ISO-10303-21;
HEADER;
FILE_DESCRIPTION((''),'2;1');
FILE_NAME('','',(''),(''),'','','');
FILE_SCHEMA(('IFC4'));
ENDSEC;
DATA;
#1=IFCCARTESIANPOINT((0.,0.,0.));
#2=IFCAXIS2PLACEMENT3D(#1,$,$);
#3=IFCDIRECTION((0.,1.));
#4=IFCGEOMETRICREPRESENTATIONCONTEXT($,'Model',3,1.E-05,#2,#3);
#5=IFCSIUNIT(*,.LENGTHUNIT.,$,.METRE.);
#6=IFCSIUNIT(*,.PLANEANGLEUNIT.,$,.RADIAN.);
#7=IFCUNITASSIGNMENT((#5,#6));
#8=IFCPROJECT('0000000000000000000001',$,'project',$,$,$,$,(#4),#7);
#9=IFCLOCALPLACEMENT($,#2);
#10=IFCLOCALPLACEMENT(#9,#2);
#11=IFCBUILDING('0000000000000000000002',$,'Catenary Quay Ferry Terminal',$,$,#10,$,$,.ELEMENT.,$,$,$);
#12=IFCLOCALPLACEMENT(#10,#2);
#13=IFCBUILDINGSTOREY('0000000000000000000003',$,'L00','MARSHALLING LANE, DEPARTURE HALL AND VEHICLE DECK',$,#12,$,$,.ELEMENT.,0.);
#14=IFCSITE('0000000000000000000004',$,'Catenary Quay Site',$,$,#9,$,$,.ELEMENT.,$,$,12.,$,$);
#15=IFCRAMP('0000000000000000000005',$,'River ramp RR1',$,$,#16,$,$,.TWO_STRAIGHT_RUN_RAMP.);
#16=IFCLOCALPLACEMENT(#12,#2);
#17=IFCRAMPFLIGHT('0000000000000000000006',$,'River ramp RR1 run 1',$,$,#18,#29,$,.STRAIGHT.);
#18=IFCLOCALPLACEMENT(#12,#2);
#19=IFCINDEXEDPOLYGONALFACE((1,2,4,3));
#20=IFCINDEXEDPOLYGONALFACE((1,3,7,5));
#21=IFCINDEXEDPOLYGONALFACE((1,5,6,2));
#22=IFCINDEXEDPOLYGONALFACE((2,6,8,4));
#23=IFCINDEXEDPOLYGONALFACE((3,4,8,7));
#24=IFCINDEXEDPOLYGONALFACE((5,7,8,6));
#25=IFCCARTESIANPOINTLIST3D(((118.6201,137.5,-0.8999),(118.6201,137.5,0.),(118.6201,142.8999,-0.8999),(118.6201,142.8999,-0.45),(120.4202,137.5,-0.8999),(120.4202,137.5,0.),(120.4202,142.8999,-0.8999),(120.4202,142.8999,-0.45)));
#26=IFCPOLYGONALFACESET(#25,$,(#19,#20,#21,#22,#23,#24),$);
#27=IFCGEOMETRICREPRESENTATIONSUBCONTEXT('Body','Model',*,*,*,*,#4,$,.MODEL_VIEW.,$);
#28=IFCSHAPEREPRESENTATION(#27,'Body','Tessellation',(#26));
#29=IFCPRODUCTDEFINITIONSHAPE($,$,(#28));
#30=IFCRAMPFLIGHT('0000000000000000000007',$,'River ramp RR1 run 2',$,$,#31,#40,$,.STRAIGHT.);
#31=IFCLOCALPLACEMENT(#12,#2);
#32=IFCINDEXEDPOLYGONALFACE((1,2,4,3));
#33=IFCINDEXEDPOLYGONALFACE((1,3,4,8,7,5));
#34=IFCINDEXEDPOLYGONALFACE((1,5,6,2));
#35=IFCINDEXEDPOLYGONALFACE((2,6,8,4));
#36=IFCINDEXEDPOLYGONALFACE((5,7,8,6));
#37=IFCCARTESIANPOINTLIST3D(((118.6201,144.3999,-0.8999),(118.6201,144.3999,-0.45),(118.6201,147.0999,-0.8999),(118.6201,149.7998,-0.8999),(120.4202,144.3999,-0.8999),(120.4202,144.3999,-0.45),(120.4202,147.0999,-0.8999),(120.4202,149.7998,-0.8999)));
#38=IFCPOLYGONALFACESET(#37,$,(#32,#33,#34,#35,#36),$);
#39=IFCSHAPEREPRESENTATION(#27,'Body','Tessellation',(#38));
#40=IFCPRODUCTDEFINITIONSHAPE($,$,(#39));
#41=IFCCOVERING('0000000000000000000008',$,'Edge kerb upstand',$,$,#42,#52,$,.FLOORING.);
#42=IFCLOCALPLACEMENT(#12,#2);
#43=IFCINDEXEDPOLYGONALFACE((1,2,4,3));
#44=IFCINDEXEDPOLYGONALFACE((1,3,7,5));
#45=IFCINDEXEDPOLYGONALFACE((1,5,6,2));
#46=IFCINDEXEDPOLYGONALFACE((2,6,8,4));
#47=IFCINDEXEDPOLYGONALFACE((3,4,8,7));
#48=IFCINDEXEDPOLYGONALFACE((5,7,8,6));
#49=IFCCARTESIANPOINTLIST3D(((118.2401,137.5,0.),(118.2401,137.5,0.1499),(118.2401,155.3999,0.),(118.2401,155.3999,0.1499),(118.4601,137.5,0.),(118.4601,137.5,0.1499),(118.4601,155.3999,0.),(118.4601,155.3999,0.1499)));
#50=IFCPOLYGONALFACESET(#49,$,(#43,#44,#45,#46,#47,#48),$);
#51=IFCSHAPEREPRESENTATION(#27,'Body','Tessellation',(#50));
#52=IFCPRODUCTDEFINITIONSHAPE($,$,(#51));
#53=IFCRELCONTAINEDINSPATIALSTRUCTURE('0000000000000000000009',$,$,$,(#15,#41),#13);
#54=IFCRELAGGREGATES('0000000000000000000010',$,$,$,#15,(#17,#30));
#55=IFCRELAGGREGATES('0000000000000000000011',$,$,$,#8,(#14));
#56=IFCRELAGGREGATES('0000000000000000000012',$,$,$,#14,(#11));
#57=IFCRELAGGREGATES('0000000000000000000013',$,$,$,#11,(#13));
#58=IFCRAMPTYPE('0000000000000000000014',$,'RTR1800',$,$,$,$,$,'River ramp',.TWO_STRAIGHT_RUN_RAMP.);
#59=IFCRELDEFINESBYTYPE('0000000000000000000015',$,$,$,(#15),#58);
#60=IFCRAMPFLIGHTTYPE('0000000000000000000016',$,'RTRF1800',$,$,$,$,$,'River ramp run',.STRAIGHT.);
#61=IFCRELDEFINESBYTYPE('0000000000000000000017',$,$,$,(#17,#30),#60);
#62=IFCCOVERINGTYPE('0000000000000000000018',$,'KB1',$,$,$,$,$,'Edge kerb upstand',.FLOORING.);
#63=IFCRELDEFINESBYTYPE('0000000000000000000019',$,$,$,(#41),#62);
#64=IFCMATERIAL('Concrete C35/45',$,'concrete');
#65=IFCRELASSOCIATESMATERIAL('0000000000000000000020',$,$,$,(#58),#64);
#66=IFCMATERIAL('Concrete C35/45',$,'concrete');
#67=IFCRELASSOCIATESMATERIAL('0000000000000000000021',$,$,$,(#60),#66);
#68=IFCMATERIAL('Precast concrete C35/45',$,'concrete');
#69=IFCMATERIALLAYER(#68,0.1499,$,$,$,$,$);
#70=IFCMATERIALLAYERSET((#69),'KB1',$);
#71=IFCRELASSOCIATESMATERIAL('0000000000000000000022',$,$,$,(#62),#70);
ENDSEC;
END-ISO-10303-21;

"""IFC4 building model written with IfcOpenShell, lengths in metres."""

from ifc_helpers import new_model, si_unit, direction, frame, origin, origin_2d, place, context, subcontext, project, spatial, polyline, rectangle, outline, extrude, material, layer, layer_set, type_object, element, aggregate, save


model = new_model("IFC4")

# Units and contexts
model_context = context("Model", 3, precision=1e-05, world=origin(), true_north=direction((0.0, 1.0)))
body_context = subcontext(model_context, "Body", "Model", "MODEL_VIEW")
ifc_project = project(units=[si_unit("LENGTHUNIT", "METRE"), si_unit("PLANEANGLEUNIT", "RADIAN")], contexts=[model_context])

# Site, building, storey
site_placement = place(None, origin())
site = spatial("IfcSite", under=ifc_project, at=site_placement, Name="Catenary Quay Site", CompositionType="ELEMENT", RefElevation=12.0)
building_placement = place(site_placement, origin())
building = spatial("IfcBuilding", under=site, at=building_placement, Name="Catenary Quay Ferry Terminal", CompositionType="ELEMENT")
storey_placement = place(building_placement, origin())
storey = spatial("IfcBuildingStorey", under=building, at=storey_placement, Name="L00", Description="MARSHALLING LANE, DEPARTURE HALL AND VEHICLE DECK", CompositionType="ELEMENT", Elevation=0.0)

# Ramp, ramp flights
ifc_material_1 = material(Name="Concrete C35/45", Category="concrete")
ramp_type = type_object("IfcRampType", Name="RTR1800", ElementType="River ramp", PredefinedType="TWO_STRAIGHT_RUN_RAMP", material=ifc_material_1)
ramp_placement = place(storey_placement, origin())
ramp = element("IfcRamp", 1, at=ramp_placement, inside=storey, type_object=ramp_type, Name="River ramp RR1", PredefinedType="TWO_STRAIGHT_RUN_RAMP")
ifc_material_2 = material(Name="Concrete C35/45", Category="concrete")
ramp_flight_type = type_object("IfcRampFlightType", Name="RTRF1800", ElementType="River ramp run", PredefinedType="STRAIGHT", material=ifc_material_2)
ramp_flight_1_placement = place(storey_placement, frame((119.52, 137.5, -0.8999), z_axis=(0.0, 0.0, 1.0), x_axis=(0.0, 1.0, 0.0)))
ramp_flight_1 = element("IfcRampFlight", 2, at=ramp_flight_1_placement, type_object=ramp_flight_type, Name="River ramp RR1 run 1", PredefinedType="STRAIGHT", context=body_context, shape_type="SweptSolid", body=[
    extrude(outline(polyline([(0.0, 0.0), (5.3999, 0.0), (5.3999, 0.45), (0.0, 0.8999), (0.0, 0.0)])), frame((0.0, 0.8999, 0.0), z_axis=(0.0, -1.0, 0.0), x_axis=(1.0, 0.0, 0.0)), (0.0, 0.0, 1.0), 1.8),
])
ramp_flight_2_placement = place(storey_placement, frame((119.52, 144.3999, -0.8999), z_axis=(0.0, 0.0, 1.0), x_axis=(0.0, 1.0, 0.0)))
ramp_flight_2 = element("IfcRampFlight", 3, at=ramp_flight_2_placement, type_object=ramp_flight_type, Name="River ramp RR1 run 2", PredefinedType="STRAIGHT", context=body_context, shape_type="SweptSolid", body=[
    extrude(outline(polyline([(0.0, 0.0), (2.7, 0.0), (5.3999, 0.0), (0.0, 0.45), (0.0, 0.0)])), frame((0.0, 0.8999, 0.0), z_axis=(0.0, -1.0, 0.0), x_axis=(1.0, 0.0, 0.0)), (0.0, 0.0, 1.0), 1.8),
])
aggregate(ramp, [ramp_flight_1, ramp_flight_2])

# Covering
ifc_material_3 = material(Name="Precast concrete C35/45", Category="concrete")
ifc_layer_1 = layer(ifc_material_3, 0.1499)
ifc_layer_set_1 = layer_set([ifc_layer_1], Name="KB1")
covering_type = type_object("IfcCoveringType", Name="KB1", ElementType="Edge kerb upstand", PredefinedType="FLOORING", material=ifc_layer_set_1)
covering_placement = place(storey_placement, frame((118.3501, 146.45, 0.0), z_axis=(0.0, 0.0, 1.0), x_axis=(1.0, 0.0, 0.0)))
element("IfcCovering", 4, at=covering_placement, inside=storey, type_object=covering_type, Name="Edge kerb upstand", PredefinedType="FLOORING", context=body_context, shape_type="SweptSolid", body=[
    extrude(rectangle(XDim=0.22, YDim=17.8999, at=origin_2d()), origin(), (0.0, 0.0, 1.0), 0.1499),
])

save(model, "model.ifc")
